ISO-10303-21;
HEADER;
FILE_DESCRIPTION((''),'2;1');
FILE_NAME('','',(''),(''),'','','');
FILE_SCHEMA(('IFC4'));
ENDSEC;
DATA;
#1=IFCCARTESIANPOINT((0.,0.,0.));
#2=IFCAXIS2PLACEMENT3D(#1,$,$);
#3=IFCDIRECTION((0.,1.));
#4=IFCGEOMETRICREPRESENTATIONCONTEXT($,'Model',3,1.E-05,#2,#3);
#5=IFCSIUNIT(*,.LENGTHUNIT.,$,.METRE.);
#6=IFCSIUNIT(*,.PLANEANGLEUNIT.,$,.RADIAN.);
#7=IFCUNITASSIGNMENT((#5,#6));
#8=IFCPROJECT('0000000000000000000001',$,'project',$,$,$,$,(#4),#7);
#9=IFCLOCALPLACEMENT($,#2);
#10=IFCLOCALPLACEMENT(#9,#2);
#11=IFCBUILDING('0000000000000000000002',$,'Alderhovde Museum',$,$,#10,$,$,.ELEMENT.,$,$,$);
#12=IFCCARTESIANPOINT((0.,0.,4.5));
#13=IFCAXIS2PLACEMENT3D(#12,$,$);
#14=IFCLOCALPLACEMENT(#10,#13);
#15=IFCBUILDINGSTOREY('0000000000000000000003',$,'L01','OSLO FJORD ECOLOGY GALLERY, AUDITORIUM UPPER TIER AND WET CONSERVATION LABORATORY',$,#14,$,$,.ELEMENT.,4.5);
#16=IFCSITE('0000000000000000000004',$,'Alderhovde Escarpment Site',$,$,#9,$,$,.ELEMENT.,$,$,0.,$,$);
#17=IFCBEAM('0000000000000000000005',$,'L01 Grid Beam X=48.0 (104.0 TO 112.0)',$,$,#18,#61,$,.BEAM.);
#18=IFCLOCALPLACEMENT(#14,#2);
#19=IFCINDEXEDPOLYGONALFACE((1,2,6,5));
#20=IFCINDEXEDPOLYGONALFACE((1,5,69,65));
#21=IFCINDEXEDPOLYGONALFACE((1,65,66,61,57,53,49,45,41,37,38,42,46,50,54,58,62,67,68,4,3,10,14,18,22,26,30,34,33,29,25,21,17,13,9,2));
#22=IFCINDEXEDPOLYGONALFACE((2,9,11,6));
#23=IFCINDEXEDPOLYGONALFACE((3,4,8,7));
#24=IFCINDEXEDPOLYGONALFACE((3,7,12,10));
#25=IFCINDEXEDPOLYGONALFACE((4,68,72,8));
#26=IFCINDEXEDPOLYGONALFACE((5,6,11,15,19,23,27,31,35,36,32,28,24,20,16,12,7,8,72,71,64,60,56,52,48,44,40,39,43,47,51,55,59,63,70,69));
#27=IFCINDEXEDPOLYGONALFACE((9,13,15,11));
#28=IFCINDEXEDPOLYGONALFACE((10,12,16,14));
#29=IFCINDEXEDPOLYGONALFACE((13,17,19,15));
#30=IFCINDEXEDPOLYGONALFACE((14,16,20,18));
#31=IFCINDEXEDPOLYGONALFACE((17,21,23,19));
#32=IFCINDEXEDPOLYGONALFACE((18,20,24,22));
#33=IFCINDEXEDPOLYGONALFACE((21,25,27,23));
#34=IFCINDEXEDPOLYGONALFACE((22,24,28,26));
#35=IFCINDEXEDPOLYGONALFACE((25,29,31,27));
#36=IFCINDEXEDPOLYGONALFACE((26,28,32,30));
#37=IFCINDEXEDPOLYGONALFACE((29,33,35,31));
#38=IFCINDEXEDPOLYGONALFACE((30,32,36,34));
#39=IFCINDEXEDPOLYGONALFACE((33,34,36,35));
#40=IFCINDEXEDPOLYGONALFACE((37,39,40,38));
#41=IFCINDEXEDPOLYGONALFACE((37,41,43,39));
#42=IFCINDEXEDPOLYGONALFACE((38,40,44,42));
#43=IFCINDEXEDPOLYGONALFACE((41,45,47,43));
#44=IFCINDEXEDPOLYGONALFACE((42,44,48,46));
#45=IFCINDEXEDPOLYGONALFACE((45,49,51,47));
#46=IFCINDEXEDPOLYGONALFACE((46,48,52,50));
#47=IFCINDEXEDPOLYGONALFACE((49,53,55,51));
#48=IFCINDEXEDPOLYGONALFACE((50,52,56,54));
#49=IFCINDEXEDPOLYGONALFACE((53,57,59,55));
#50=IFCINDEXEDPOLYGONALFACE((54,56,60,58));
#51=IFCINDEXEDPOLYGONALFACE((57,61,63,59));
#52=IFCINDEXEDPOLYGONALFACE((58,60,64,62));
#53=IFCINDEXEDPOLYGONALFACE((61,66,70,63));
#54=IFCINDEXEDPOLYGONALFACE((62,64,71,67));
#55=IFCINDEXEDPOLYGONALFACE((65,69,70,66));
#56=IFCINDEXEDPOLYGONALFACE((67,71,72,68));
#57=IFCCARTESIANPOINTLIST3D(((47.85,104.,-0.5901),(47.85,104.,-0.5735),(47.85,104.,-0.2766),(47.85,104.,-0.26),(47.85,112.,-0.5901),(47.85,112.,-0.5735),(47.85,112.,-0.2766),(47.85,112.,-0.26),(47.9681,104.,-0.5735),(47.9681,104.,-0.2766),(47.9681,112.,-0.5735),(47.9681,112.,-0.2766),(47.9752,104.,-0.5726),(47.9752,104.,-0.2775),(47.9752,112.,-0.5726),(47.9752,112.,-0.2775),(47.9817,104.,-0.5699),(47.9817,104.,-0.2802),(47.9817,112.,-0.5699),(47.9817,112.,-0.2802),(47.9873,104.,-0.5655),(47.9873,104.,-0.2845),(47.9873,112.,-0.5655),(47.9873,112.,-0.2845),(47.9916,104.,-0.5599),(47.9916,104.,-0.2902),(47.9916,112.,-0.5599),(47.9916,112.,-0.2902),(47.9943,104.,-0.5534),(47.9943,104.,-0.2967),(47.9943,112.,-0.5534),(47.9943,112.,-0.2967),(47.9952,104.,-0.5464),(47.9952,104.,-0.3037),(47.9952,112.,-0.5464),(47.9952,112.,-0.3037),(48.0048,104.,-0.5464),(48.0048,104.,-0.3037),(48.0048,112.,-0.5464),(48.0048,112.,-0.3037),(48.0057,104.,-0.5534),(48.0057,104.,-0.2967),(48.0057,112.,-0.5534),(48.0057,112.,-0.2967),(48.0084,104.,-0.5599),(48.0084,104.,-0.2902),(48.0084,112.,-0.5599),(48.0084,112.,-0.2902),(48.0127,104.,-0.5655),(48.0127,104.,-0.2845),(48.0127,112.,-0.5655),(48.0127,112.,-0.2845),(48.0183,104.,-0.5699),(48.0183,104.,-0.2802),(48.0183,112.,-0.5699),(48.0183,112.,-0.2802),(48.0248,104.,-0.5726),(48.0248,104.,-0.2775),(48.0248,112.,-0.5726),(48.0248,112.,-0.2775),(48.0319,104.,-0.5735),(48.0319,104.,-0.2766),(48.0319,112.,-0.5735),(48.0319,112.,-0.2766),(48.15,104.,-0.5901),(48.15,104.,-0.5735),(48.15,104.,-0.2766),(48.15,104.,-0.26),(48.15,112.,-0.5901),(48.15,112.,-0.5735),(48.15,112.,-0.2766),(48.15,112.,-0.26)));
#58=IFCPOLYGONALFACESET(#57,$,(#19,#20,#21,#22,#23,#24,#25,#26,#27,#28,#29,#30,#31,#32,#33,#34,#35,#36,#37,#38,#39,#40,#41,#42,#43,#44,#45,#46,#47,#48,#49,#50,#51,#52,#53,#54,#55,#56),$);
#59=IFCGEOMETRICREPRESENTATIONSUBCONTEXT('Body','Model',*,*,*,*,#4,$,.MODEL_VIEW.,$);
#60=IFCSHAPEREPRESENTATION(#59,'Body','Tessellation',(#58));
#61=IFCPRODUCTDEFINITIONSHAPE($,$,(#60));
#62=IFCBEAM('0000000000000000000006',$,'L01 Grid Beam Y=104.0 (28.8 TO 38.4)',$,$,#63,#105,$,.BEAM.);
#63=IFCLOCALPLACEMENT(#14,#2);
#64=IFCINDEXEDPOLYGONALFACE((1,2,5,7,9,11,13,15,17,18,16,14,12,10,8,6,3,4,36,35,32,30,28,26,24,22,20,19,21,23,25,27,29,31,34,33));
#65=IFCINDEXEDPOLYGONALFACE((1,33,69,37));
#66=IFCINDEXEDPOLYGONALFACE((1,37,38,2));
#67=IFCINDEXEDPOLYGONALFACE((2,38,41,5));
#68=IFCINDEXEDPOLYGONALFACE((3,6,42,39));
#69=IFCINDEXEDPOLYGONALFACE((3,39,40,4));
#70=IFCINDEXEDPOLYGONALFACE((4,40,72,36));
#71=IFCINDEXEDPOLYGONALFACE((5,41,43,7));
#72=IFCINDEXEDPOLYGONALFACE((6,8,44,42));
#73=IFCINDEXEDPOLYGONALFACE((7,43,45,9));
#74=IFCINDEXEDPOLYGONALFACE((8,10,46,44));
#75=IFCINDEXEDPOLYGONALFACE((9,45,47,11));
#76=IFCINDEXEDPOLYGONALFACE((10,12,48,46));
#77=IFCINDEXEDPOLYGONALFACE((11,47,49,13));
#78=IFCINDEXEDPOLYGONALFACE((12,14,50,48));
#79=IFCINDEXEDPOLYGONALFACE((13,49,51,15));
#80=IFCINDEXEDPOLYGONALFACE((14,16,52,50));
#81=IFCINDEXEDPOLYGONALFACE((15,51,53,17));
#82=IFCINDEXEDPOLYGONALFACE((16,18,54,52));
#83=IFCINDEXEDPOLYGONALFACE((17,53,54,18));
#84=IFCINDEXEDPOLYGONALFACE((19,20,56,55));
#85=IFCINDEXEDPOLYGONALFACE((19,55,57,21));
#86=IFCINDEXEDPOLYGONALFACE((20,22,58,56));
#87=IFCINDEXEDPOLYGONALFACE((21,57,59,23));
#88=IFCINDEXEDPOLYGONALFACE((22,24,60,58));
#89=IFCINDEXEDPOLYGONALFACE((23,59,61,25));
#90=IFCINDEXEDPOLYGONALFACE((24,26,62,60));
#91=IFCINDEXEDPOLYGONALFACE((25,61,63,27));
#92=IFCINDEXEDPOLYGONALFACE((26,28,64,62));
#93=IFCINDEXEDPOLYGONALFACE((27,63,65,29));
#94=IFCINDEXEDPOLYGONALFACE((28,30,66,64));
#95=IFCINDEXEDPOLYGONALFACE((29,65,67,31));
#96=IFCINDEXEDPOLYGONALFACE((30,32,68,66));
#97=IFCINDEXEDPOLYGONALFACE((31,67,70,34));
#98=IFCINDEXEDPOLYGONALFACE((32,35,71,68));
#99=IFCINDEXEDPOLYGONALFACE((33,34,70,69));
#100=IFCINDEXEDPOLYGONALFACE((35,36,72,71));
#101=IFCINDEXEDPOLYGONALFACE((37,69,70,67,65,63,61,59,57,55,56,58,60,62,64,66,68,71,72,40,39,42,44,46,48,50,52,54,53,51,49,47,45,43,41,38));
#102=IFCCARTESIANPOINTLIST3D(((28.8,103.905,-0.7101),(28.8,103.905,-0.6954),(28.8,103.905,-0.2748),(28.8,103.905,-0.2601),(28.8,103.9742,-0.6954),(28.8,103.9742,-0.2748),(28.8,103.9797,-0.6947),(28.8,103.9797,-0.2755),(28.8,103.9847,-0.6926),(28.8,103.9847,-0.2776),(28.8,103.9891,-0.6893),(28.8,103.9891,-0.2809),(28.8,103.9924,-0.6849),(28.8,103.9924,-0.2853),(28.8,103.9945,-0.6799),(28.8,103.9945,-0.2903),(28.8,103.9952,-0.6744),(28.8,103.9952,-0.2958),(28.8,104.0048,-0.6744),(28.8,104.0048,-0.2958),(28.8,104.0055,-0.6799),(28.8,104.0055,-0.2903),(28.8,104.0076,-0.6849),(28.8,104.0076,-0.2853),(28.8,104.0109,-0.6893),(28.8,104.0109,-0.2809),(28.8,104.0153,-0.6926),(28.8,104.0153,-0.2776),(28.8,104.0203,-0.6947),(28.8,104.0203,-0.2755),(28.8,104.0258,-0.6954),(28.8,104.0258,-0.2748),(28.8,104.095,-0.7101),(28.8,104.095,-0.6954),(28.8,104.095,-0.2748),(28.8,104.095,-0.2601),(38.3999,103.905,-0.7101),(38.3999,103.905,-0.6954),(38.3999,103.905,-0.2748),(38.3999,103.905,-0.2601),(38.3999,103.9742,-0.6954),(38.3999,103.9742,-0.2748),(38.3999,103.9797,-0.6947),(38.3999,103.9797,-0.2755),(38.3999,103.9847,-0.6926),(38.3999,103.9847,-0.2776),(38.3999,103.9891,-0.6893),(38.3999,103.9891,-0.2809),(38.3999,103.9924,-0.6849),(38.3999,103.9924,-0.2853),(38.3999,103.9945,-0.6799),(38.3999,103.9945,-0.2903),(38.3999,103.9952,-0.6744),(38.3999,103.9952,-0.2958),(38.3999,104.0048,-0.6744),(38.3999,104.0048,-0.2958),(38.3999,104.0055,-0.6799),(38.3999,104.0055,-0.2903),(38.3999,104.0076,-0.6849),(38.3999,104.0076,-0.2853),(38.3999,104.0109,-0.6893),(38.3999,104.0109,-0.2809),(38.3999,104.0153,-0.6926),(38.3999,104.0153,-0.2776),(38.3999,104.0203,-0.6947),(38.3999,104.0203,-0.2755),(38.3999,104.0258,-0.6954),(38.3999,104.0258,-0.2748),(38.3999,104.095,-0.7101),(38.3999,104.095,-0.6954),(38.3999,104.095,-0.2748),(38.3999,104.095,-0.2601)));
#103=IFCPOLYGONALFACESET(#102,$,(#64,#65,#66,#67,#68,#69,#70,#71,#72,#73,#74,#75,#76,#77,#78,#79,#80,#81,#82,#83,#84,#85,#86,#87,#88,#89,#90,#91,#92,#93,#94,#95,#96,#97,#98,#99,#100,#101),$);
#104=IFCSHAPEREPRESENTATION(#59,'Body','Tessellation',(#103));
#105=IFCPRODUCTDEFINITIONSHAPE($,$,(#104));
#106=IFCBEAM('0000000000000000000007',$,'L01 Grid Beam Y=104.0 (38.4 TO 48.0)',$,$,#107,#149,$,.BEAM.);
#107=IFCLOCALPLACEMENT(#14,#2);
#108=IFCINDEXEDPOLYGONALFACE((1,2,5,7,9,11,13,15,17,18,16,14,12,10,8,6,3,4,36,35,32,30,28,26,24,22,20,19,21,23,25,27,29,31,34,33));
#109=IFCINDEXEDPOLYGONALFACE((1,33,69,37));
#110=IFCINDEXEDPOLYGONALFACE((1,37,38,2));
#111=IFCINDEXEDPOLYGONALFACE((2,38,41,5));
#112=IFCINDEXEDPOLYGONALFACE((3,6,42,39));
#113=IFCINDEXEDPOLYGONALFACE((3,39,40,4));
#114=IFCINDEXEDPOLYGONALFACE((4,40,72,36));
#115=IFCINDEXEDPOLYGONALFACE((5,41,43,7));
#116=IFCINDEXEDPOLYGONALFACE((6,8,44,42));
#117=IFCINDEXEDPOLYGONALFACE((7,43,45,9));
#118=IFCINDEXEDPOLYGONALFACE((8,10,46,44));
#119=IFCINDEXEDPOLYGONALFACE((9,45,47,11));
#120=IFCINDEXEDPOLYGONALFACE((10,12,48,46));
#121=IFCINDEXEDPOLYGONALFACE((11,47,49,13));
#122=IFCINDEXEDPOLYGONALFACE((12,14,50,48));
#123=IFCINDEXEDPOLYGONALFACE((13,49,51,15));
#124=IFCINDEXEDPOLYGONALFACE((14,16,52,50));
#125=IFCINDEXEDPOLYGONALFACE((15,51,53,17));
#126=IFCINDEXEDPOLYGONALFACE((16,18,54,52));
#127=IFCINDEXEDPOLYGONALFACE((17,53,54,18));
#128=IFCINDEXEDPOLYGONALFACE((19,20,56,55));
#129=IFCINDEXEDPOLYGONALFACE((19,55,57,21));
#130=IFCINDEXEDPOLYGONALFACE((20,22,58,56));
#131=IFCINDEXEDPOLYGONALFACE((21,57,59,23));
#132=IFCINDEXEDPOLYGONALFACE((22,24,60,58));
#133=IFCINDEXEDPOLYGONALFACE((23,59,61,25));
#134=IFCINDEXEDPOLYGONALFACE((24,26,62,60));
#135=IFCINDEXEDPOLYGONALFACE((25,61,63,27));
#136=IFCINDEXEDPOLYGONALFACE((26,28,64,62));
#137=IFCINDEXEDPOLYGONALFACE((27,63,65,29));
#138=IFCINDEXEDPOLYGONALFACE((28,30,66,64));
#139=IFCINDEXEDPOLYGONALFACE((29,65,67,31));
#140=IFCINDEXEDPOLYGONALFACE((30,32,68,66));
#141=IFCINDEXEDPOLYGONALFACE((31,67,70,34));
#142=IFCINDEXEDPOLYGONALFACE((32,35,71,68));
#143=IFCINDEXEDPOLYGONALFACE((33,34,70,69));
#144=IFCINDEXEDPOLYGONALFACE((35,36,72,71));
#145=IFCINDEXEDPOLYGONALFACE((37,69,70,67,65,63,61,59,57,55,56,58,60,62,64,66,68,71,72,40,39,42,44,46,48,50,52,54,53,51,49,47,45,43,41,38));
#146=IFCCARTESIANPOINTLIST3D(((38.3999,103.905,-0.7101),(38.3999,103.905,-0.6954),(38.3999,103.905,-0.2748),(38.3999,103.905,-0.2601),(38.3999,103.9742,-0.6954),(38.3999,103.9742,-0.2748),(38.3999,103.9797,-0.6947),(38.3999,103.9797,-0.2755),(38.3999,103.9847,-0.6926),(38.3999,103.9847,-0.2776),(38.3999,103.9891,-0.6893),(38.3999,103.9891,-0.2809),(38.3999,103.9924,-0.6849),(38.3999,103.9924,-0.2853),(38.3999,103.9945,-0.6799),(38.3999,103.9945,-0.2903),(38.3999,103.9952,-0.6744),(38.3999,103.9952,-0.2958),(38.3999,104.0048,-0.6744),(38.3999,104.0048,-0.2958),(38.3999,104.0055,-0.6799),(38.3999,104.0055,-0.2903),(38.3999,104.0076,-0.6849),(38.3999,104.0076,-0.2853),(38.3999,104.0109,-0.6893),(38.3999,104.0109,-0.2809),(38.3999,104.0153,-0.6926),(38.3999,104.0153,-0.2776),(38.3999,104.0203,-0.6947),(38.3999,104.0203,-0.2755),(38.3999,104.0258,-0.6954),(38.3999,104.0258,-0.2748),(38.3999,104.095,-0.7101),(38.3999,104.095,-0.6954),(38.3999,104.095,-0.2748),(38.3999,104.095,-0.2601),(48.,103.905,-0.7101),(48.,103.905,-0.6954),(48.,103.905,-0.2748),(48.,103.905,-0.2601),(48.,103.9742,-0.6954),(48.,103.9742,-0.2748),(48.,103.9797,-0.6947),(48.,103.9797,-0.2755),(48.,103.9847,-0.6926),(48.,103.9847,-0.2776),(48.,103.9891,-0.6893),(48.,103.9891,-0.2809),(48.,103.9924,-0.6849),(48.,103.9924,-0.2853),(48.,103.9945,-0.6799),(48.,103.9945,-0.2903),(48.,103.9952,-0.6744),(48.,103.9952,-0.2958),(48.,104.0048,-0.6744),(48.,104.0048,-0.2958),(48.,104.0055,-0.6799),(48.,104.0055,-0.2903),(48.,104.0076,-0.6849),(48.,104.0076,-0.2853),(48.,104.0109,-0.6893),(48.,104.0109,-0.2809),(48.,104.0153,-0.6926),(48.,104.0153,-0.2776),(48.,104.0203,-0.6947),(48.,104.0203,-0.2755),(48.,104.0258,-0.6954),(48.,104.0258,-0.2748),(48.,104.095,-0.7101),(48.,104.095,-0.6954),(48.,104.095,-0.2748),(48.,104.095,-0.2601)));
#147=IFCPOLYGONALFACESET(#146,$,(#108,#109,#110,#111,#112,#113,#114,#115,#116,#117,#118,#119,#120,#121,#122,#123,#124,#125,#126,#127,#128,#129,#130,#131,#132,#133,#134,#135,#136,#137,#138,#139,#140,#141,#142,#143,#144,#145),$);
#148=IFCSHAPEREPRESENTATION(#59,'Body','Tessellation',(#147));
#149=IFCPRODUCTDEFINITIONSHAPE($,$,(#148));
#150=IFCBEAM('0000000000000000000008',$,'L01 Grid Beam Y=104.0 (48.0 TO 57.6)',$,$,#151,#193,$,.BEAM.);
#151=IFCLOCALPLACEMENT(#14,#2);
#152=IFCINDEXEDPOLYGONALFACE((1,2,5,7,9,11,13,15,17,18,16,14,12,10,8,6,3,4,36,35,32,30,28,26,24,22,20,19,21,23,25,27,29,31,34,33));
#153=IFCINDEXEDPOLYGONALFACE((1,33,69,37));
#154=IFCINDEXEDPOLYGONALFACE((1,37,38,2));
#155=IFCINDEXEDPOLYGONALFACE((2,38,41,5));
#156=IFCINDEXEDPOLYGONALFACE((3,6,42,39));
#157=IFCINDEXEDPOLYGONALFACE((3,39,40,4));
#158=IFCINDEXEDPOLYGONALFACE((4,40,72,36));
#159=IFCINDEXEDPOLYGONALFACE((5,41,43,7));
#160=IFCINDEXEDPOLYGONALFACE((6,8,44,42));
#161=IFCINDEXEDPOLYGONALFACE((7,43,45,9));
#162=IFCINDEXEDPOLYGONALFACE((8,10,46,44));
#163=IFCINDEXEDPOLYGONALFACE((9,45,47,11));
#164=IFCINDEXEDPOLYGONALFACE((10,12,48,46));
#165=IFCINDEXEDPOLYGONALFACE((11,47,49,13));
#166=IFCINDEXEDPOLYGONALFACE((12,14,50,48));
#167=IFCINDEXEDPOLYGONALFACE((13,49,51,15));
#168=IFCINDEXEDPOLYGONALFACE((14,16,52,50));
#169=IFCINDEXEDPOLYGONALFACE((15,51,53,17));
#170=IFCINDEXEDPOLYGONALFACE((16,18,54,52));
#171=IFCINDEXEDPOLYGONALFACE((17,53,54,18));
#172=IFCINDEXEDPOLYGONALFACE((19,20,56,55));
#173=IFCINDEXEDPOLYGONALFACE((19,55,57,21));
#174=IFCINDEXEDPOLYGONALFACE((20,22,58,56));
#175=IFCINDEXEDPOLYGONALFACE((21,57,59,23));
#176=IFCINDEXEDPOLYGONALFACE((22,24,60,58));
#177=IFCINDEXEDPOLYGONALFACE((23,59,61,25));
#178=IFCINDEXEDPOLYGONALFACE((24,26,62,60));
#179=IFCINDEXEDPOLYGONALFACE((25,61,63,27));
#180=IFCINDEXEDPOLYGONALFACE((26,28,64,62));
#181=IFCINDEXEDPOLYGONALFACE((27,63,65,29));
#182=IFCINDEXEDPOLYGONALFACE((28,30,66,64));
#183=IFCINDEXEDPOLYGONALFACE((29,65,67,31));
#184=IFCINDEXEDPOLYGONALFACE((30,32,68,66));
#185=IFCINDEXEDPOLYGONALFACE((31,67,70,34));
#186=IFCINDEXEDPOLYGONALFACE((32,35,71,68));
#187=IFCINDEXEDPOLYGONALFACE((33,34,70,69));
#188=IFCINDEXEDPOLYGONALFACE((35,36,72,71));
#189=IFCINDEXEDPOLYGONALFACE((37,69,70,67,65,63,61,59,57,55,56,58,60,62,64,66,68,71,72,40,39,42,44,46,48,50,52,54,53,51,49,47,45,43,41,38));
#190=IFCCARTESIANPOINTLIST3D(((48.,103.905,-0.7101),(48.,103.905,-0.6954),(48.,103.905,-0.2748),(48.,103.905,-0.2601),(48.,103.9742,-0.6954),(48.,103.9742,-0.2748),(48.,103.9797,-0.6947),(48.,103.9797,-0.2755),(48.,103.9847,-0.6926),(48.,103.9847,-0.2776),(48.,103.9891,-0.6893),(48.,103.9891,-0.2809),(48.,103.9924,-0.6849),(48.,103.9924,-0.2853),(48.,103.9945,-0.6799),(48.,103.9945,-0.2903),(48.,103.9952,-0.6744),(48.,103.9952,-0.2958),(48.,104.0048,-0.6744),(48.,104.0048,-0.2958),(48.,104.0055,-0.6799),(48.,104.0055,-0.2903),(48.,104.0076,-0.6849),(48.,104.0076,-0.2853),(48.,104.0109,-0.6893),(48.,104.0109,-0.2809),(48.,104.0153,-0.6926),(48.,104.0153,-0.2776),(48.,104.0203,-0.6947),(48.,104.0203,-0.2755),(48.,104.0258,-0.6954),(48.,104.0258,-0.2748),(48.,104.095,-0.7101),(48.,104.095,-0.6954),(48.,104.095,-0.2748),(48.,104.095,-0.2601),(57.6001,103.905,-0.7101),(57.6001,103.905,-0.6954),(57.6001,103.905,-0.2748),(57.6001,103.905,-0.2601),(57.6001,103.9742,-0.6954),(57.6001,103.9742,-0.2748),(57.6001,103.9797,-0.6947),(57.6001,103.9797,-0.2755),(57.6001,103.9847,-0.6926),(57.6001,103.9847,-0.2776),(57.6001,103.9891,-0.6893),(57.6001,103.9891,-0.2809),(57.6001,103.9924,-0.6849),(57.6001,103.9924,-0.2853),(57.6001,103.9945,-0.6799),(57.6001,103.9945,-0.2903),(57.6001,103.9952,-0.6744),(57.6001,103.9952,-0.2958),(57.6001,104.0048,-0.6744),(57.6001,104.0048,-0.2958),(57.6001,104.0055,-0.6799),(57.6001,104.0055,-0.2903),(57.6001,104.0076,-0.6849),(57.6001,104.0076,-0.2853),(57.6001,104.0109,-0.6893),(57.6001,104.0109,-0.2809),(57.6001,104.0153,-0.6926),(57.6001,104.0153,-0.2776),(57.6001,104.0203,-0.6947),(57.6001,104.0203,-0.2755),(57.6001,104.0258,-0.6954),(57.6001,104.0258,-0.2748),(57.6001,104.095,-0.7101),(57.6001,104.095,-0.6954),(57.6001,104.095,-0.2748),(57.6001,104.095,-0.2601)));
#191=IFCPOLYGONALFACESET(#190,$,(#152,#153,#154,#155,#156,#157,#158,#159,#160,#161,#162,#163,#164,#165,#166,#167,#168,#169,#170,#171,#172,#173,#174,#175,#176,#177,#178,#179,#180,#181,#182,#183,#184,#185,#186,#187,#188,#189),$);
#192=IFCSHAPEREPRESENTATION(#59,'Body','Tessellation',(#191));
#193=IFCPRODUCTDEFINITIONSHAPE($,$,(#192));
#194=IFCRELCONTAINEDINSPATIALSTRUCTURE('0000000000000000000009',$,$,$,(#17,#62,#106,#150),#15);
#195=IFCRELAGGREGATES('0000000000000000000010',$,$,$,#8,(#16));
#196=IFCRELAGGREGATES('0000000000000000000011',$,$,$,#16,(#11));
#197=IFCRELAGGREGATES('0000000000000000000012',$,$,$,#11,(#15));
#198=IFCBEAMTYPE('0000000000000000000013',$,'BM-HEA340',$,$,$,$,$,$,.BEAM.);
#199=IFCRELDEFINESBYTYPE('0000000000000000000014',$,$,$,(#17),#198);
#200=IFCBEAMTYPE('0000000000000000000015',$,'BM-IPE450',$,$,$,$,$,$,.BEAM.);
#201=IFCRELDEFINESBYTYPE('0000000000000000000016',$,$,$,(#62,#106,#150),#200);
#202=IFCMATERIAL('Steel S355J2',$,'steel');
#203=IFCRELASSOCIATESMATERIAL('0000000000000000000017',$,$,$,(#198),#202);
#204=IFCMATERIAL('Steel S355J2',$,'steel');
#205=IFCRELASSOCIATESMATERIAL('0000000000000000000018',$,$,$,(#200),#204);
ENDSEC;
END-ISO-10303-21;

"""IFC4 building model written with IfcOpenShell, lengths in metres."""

from ifc_helpers import new_model, si_unit, direction, frame, origin, origin_2d, place, context, subcontext, project, spatial, i_section, extrude, material, material_profile, profile_set, type_object, element, save


model = new_model("IFC4")

# Units and contexts
model_context = context("Model", 3, precision=1e-05, world=origin(), true_north=direction((0.0, 1.0)))
body_context = subcontext(model_context, "Body", "Model", "MODEL_VIEW")
ifc_project = project(units=[si_unit("LENGTHUNIT", "METRE"), si_unit("PLANEANGLEUNIT", "RADIAN")], contexts=[model_context])

# Site, building, storey
site_placement = place(None, origin())
site = spatial("IfcSite", under=ifc_project, at=site_placement, Name="Alderhovde Escarpment Site", CompositionType="ELEMENT", RefElevation=0.0)
building_placement = place(site_placement, origin())
building = spatial("IfcBuilding", under=site, at=building_placement, Name="Alderhovde Museum", CompositionType="ELEMENT")
storey_placement = place(building_placement, frame((0.0, 0.0, 4.5)))
storey = spatial("IfcBuildingStorey", under=building, at=storey_placement, Name="L01", Description="OSLO FJORD ECOLOGY GALLERY, AUDITORIUM UPPER TIER AND WET CONSERVATION LABORATORY", CompositionType="ELEMENT", Elevation=4.5)

# Beams
ifc_material_1 = material(Name="Steel S355J2", Category="steel")
ifc_material_profile_1 = material_profile(ifc_material_1, i_section(OverallWidth=0.3, OverallDepth=0.3301, WebThickness=0.0095, FlangeThickness=0.0166, FilletRadius=0.0271, at=origin_2d()), Name="HEA 340")
ifc_profile_set_1 = profile_set([ifc_material_profile_1], Name="Steel S355J2")
beam_type_1 = type_object("IfcBeamType", Name="BM-HEA340", PredefinedType="BEAM", material=ifc_profile_set_1)
for number, where, z_axis, x_axis, name in (
    (1, (48.0, 104.0, -0.425), (0.0, 1.0, 0.0), (-1.0, 0.0, 0.0), "L01 Grid Beam X=48.0 (104.0 TO 112.0)"),
):
    element("IfcBeam", number, at=place(storey_placement, frame(where, z_axis=z_axis, x_axis=x_axis)), inside=storey, type_object=beam_type_1, Name=name, PredefinedType="BEAM", context=body_context, shape_type="SweptSolid", body=[
        extrude(i_section(OverallWidth=0.3, OverallDepth=0.3301, WebThickness=0.0095, FlangeThickness=0.0166, FilletRadius=0.0271, at=origin_2d()), origin(), (0.0, 0.0, 1.0), 8.0),
    ])
ifc_material_2 = material(Name="Steel S355J2", Category="steel")
ifc_material_profile_2 = material_profile(ifc_material_2, i_section(OverallWidth=0.1899, OverallDepth=0.45, WebThickness=0.0095, FlangeThickness=0.0146, FilletRadius=0.021, at=origin_2d()), Name="IPE 450")
ifc_profile_set_2 = profile_set([ifc_material_profile_2], Name="Steel S355J2")
beam_type_2 = type_object("IfcBeamType", Name="BM-IPE450", PredefinedType="BEAM", material=ifc_profile_set_2)
beam_1_placement = place(storey_placement, frame((28.8, 104.0, -0.4851), z_axis=(1.0, 0.0, 0.0), x_axis=(0.0, 1.0, 0.0)))
element("IfcBeam", 2, at=beam_1_placement, inside=storey, type_object=beam_type_2, Name="L01 Grid Beam Y=104.0 (28.8 TO 38.4)", PredefinedType="BEAM", context=body_context, shape_type="SweptSolid", body=[
    extrude(i_section(OverallWidth=0.1899, OverallDepth=0.45, WebThickness=0.0095, FlangeThickness=0.0146, FilletRadius=0.021, at=origin_2d()), origin(), (0.0, 0.0, 1.0), 9.5999),
])
for number, where, z_axis, x_axis, name in (
    (3, (38.3999, 104.0, -0.4851), (1.0, 0.0, 0.0), (0.0, 1.0, 0.0), "L01 Grid Beam Y=104.0 (38.4 TO 48.0)"),
    (4, (48.0, 104.0, -0.4851), (1.0, 0.0, 0.0), (0.0, 1.0, 0.0), "L01 Grid Beam Y=104.0 (48.0 TO 57.6)"),
):
    element("IfcBeam", number, at=place(storey_placement, frame(where, z_axis=z_axis, x_axis=x_axis)), inside=storey, type_object=beam_type_2, Name=name, PredefinedType="BEAM", context=body_context, shape_type="SweptSolid", body=[
        extrude(i_section(OverallWidth=0.1899, OverallDepth=0.45, WebThickness=0.0095, FlangeThickness=0.0146, FilletRadius=0.021, at=origin_2d()), origin(), (0.0, 0.0, 1.0), 9.6001),
    ])

save(model, "model.ifc")
